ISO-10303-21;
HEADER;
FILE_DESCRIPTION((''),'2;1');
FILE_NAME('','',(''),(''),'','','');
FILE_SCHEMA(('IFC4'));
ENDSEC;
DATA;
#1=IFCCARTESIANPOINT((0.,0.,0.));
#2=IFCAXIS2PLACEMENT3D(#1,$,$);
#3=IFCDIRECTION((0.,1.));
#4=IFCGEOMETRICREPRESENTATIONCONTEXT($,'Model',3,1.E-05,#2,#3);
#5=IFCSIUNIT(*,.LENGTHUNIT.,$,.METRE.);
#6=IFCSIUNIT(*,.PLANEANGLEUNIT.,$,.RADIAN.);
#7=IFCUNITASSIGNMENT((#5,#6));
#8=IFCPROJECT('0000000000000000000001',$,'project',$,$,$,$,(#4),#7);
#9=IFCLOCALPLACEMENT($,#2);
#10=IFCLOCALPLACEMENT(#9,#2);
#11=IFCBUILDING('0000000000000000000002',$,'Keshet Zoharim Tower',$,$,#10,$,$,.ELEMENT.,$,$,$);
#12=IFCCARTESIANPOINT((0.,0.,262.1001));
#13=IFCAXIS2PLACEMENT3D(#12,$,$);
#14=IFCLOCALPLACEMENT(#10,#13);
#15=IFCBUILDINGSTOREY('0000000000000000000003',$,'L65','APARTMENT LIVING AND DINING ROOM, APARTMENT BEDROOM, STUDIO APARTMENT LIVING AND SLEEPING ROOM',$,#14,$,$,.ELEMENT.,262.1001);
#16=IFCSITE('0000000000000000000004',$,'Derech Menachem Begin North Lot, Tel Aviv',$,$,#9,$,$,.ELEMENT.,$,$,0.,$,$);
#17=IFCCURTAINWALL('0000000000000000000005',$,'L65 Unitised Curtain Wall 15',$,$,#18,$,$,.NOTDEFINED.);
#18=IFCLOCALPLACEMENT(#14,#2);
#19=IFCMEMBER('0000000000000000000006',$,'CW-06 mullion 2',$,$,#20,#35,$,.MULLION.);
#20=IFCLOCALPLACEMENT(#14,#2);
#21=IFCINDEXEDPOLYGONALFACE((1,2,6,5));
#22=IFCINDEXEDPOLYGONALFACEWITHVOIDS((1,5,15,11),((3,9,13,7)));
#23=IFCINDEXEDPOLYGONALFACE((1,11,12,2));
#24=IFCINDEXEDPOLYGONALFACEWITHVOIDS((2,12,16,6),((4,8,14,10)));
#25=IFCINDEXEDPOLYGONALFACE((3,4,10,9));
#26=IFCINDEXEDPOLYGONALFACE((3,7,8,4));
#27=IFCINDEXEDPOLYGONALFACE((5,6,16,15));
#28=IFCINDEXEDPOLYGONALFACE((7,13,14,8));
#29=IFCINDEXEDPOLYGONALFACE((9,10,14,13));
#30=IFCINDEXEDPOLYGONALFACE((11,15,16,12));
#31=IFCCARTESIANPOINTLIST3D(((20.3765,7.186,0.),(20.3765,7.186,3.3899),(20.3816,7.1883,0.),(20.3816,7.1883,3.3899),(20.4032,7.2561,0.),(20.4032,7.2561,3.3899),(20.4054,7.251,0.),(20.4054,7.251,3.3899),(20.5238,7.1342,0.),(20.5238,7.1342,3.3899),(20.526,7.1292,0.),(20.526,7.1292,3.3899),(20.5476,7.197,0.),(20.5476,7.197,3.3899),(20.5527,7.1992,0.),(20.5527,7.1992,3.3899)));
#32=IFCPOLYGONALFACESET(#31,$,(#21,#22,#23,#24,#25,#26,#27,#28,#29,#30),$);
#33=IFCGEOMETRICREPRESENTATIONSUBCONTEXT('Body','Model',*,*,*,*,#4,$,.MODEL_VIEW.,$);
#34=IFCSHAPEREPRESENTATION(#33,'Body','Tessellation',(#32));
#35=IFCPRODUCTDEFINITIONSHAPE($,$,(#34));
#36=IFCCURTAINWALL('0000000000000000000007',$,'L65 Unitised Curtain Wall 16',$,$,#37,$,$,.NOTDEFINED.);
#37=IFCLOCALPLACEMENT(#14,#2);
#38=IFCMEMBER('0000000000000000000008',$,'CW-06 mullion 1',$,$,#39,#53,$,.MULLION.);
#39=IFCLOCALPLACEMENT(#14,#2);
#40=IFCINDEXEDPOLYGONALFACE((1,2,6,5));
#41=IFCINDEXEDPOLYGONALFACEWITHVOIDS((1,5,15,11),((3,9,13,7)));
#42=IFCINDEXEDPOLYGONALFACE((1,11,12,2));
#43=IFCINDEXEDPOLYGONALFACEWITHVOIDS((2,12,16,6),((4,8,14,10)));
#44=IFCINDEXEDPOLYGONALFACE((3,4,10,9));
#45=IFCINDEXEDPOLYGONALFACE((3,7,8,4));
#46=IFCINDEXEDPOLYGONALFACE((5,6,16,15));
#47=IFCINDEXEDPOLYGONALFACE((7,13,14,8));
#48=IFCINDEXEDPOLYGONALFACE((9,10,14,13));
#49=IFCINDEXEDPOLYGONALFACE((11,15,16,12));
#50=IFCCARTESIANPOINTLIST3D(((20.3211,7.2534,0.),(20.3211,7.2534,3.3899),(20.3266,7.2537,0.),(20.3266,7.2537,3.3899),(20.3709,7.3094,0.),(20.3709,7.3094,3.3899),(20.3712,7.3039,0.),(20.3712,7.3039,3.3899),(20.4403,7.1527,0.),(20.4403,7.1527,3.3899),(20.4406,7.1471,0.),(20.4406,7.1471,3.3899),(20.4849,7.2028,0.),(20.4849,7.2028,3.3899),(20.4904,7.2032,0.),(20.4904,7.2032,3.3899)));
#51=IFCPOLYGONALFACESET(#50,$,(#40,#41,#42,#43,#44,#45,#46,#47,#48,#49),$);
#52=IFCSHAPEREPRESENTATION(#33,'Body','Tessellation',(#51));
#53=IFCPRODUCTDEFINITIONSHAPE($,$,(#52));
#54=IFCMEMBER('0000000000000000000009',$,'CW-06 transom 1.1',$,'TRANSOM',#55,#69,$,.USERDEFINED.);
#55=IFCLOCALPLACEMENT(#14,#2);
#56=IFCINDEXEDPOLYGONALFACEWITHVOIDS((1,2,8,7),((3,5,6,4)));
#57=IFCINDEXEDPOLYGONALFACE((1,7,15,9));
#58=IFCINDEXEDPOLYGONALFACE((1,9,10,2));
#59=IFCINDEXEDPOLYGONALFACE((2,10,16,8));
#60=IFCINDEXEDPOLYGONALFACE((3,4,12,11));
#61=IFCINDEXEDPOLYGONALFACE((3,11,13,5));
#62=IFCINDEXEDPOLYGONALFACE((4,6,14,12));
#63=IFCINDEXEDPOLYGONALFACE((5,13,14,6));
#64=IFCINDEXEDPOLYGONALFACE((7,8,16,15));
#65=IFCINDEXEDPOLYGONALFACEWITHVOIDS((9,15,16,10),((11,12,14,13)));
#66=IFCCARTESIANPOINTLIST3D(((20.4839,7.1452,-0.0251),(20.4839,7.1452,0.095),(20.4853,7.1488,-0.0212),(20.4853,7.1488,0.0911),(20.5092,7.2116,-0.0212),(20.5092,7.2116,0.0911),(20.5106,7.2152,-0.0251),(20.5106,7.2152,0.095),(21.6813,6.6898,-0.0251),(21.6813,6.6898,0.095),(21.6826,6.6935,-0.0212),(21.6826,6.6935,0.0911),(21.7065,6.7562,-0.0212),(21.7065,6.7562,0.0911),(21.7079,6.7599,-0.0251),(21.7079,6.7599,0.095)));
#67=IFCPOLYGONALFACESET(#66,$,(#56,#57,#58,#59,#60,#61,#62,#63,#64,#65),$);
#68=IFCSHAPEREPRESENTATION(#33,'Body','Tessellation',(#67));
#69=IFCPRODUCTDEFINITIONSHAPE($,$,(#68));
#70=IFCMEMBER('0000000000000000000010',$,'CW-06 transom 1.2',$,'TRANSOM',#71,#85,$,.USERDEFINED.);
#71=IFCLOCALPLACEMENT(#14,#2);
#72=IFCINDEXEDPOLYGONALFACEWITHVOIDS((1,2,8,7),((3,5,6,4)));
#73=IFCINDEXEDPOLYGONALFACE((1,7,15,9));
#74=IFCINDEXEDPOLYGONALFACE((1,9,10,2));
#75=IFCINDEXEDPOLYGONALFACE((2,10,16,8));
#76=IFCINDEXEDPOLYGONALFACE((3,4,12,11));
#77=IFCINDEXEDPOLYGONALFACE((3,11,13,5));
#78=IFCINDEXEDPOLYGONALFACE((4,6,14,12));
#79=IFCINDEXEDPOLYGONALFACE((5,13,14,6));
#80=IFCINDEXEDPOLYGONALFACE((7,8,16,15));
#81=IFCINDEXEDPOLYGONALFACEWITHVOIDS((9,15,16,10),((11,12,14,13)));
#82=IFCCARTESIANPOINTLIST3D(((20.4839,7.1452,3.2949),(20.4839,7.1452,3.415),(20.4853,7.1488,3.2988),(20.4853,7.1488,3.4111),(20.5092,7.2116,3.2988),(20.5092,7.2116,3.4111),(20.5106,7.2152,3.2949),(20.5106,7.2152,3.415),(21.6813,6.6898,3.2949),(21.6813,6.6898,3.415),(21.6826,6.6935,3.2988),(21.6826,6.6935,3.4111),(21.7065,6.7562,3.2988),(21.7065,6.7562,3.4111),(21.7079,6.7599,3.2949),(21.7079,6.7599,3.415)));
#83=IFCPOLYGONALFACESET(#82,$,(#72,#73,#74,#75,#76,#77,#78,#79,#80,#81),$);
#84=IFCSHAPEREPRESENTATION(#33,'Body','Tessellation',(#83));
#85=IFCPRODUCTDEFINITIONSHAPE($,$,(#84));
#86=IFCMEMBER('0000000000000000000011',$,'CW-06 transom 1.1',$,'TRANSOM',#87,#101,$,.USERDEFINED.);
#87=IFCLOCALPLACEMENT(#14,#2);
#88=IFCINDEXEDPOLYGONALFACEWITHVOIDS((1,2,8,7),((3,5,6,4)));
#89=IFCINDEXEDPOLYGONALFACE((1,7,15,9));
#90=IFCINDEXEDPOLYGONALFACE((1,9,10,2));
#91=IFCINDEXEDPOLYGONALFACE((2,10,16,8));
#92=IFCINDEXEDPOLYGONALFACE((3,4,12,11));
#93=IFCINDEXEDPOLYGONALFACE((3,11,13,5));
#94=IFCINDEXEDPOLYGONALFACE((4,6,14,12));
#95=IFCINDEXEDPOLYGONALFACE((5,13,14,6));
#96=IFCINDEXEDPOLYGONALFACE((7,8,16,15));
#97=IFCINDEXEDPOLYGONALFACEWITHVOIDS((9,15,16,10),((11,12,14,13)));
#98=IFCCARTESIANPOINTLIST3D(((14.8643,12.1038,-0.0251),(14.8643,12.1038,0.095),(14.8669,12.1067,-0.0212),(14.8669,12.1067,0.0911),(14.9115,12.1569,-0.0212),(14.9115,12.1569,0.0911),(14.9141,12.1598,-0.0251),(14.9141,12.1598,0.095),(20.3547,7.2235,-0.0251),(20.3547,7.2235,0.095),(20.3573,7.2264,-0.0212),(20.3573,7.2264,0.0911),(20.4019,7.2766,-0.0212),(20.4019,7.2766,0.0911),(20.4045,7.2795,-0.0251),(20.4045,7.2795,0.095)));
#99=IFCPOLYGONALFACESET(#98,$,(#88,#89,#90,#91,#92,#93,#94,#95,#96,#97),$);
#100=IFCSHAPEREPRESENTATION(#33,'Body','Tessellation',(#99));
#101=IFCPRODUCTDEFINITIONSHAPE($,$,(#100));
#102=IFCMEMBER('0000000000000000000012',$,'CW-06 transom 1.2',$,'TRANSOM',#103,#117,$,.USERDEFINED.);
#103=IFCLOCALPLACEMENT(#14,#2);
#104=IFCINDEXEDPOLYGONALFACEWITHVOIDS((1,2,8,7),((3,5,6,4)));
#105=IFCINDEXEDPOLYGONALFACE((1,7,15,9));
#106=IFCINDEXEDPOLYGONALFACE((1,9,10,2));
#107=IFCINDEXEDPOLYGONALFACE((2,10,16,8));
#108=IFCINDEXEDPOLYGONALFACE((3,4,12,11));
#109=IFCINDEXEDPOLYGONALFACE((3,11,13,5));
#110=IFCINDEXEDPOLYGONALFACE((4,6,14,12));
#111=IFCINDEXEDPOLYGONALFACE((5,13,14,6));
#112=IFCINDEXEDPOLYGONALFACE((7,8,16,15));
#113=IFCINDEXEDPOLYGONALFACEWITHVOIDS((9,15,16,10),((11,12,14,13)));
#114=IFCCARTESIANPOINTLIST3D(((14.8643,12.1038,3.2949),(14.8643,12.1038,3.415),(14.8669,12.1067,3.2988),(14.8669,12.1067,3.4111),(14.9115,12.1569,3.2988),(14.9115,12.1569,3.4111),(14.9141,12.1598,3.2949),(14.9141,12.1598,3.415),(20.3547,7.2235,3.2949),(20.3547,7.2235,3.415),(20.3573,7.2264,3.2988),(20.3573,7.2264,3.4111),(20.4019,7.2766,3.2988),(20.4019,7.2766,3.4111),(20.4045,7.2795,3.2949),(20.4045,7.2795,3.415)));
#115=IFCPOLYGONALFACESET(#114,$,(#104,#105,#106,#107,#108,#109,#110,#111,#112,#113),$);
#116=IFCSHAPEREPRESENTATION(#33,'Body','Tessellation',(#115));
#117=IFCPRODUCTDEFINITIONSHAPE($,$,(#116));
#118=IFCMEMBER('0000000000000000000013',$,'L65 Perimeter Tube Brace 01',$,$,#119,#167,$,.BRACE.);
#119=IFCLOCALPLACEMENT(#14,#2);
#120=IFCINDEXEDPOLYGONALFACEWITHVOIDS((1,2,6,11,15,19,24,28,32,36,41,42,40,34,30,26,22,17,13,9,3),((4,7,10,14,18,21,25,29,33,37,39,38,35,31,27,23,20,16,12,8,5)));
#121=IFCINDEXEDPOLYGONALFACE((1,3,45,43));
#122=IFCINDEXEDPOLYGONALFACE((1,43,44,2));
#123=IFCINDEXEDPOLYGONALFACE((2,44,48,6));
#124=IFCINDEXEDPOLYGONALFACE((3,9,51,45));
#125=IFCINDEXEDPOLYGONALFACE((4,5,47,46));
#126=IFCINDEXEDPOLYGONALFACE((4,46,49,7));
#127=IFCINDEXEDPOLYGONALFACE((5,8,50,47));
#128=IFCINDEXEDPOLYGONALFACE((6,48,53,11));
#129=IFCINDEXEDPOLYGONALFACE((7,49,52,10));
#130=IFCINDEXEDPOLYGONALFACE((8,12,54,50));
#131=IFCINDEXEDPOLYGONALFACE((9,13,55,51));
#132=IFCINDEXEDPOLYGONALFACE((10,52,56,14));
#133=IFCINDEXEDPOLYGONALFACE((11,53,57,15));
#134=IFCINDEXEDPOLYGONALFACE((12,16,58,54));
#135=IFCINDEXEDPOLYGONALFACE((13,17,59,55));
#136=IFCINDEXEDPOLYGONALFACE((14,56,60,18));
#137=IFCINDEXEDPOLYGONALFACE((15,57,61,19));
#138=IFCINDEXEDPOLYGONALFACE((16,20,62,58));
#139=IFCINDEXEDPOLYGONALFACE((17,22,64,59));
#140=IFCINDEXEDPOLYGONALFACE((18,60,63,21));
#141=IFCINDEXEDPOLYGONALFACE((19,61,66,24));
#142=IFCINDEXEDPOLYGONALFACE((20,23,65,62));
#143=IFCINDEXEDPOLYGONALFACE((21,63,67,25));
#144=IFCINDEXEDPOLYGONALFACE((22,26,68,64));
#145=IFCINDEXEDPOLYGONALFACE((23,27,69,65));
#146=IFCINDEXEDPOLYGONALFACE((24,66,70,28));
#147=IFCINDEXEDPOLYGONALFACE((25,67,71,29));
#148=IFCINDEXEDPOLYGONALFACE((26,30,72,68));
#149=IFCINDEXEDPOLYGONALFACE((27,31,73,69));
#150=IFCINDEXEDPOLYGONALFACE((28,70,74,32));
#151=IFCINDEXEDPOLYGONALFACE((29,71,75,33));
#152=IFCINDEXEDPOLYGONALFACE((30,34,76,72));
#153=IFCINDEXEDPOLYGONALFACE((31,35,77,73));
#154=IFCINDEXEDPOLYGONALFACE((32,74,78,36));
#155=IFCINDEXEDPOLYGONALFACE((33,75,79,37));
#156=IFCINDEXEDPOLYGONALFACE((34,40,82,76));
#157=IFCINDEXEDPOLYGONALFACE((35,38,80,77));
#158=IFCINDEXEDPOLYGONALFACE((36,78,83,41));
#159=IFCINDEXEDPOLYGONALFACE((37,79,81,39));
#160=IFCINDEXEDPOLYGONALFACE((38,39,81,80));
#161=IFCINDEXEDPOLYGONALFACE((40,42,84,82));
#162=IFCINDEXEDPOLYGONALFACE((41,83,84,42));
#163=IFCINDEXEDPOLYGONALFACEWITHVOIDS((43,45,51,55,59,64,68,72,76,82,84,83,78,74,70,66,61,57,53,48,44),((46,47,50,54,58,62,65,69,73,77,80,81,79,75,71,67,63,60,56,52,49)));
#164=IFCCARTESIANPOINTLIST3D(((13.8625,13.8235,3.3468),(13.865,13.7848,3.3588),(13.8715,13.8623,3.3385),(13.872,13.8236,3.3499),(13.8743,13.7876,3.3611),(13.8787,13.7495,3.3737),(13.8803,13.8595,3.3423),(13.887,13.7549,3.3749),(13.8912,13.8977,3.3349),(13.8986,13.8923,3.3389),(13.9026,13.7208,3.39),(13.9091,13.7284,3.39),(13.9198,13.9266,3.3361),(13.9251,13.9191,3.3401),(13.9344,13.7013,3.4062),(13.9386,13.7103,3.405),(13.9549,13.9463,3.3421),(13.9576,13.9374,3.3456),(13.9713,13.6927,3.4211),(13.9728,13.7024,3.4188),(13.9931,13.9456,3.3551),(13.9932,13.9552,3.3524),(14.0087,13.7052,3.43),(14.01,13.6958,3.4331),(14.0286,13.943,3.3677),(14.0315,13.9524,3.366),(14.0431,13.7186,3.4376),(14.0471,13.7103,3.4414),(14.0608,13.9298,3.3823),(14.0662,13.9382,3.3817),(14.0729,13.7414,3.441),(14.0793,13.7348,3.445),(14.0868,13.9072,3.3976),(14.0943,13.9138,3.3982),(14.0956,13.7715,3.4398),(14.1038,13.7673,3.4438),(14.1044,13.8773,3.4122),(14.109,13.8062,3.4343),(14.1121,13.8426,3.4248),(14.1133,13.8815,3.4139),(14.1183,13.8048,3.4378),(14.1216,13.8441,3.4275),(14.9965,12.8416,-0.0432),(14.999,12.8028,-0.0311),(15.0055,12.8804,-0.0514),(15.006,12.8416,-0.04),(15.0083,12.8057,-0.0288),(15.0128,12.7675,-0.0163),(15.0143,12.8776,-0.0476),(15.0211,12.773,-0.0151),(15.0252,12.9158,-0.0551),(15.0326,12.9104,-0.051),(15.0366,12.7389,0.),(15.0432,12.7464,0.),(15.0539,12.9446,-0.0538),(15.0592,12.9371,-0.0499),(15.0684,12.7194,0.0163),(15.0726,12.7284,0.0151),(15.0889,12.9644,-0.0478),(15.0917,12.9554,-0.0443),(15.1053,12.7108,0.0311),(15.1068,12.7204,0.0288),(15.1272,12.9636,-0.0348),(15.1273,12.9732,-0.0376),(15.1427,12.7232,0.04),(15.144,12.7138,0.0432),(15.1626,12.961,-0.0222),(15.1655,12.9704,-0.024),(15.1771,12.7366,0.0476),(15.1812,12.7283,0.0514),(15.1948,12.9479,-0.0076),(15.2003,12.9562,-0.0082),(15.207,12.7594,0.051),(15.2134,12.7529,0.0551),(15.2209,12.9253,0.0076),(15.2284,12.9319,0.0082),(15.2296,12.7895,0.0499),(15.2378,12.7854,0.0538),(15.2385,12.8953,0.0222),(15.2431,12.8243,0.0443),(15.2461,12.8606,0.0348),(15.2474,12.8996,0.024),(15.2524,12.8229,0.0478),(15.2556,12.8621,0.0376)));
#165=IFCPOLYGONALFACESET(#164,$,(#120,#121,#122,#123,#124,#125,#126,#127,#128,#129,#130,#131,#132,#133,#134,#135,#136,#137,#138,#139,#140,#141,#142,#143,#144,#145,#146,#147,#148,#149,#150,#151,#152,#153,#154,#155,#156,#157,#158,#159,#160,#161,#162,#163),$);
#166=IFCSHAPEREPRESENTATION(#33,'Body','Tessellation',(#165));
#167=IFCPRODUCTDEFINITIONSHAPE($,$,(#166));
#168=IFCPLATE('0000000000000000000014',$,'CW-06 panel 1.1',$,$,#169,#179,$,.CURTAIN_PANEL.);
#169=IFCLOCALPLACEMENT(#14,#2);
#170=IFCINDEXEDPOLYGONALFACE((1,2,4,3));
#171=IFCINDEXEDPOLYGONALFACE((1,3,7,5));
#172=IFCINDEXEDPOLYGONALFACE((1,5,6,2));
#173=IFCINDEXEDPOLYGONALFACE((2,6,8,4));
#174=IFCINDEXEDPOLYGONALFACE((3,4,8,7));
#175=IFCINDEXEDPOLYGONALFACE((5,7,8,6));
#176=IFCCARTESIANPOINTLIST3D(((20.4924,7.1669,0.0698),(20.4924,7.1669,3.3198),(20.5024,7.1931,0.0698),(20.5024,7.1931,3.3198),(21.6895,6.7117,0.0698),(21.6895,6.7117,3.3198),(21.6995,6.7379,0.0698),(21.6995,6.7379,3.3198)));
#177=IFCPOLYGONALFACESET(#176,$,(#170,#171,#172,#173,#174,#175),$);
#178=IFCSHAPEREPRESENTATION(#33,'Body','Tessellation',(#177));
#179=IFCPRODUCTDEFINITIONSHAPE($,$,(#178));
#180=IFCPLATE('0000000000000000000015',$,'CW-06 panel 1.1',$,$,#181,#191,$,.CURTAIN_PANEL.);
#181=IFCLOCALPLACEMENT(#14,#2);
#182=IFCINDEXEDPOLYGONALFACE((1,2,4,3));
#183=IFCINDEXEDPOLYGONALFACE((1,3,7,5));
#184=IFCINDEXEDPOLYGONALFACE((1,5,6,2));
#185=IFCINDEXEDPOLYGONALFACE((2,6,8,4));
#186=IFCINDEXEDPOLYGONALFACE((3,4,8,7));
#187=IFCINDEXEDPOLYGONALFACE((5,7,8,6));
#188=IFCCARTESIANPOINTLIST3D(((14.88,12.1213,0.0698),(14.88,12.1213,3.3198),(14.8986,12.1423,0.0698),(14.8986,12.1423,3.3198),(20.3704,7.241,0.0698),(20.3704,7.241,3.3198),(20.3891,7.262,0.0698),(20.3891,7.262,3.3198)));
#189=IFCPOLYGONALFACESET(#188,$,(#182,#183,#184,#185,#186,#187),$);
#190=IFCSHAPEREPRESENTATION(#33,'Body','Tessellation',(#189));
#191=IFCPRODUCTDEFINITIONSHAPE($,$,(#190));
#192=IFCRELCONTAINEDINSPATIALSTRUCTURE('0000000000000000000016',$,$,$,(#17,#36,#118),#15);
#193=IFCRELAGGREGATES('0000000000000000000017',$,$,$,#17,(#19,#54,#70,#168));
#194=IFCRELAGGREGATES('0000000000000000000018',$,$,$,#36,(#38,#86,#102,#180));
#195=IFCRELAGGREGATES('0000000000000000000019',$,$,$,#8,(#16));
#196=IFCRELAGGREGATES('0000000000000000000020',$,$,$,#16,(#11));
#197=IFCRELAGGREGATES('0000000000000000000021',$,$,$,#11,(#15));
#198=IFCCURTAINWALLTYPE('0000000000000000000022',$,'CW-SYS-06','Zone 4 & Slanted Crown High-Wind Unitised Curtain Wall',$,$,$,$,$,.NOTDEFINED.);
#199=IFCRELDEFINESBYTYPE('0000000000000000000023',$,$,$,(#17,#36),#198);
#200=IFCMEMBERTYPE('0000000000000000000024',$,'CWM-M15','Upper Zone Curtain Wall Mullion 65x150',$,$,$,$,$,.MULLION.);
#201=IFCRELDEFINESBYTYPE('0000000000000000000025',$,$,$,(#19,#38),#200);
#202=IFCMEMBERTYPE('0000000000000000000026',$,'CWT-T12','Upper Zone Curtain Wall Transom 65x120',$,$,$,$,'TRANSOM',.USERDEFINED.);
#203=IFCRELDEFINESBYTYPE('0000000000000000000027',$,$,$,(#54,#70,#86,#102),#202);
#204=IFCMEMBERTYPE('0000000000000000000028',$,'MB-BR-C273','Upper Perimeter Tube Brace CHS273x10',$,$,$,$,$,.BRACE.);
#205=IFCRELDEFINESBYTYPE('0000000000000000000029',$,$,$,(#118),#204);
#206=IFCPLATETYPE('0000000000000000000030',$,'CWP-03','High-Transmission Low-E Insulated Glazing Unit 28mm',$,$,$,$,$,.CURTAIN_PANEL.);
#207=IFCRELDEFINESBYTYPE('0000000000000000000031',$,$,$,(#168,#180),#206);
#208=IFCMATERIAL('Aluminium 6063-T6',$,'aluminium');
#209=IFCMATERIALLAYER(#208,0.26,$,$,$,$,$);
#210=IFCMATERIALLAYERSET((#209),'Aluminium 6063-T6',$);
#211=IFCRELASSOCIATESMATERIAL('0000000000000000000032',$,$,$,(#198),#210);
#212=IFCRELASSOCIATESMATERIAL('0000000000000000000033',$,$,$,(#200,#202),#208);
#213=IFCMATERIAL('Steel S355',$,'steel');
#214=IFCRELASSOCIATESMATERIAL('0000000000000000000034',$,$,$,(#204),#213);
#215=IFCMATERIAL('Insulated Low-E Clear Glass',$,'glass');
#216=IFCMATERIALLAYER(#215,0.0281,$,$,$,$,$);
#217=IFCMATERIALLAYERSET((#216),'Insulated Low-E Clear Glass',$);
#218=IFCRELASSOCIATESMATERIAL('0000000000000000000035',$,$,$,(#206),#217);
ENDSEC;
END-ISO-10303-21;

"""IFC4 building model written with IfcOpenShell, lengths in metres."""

from ifc_helpers import new_model, si_unit, direction, frame, origin, origin_2d, place, context, subcontext, project, spatial, rectangle, hollow_rectangle, hollow_circle, extrude, material, layer, layer_set, material_profile, profile_set, type_object, element, aggregate, save


model = new_model("IFC4")

# Units and contexts
model_context = context("Model", 3, precision=1e-05, world=origin(), true_north=direction((0.0, 1.0)))
body_context = subcontext(model_context, "Body", "Model", "MODEL_VIEW")
ifc_project = project(units=[si_unit("LENGTHUNIT", "METRE"), si_unit("PLANEANGLEUNIT", "RADIAN")], contexts=[model_context])

# Site, building, storey
site_placement = place(None, origin())
site = spatial("IfcSite", under=ifc_project, at=site_placement, Name="Derech Menachem Begin North Lot, Tel Aviv", CompositionType="ELEMENT", RefElevation=0.0)
building_placement = place(site_placement, origin())
building = spatial("IfcBuilding", under=site, at=building_placement, Name="Keshet Zoharim Tower", CompositionType="ELEMENT")
storey_placement = place(building_placement, frame((0.0, 0.0, 262.1001)))
storey = spatial("IfcBuildingStorey", under=building, at=storey_placement, Name="L65", Description="APARTMENT LIVING AND DINING ROOM, APARTMENT BEDROOM, STUDIO APARTMENT LIVING AND SLEEPING ROOM", CompositionType="ELEMENT", Elevation=262.1001)

# Shared definitions
ifc_material_1 = material(Name="Steel S355", Category="steel")

# Shared definitions
ifc_material_2 = material(Name="Aluminium 6063-T6", Category="aluminium")
ifc_layer_1 = layer(ifc_material_2, 0.26)
ifc_layer_set_1 = layer_set([ifc_layer_1], Name="Aluminium 6063-T6")
curtain_wall_type = type_object("IfcCurtainWallType", Name="CW-SYS-06", Description="Zone 4 & Slanted Crown High-Wind Unitised Curtain Wall", PredefinedType="NOTDEFINED", material=ifc_layer_set_1)
ifc_material_profile_1 = material_profile(ifc_material_2, hollow_rectangle(XDim=0.075, YDim=0.1599, WallThickness=0.0039, at=origin_2d()), Name="MUL-75x160")
ifc_profile_set_1 = profile_set([ifc_material_profile_1], Name="Aluminium 6063-T6")
member_type_1 = type_object("IfcMemberType", Name="CWM-M15", Description="Upper Zone Curtain Wall Mullion 65x150", PredefinedType="MULLION", material=ifc_profile_set_1)

# Curtain wall, member
curtain_wall_1_placement = place(storey_placement, origin())
curtain_wall_1 = element("IfcCurtainWall", 1, at=curtain_wall_1_placement, inside=storey, type_object=curtain_wall_type, Name="L65 Unitised Curtain Wall 15", PredefinedType="NOTDEFINED")
member_1_placement = place(storey_placement, frame((20.4646, 7.1926, 0.0), z_axis=(0.0, 0.0, 1.0), x_axis=(-0.355439, -0.934699, 0.0)))
member_1 = element("IfcMember", 2, at=member_1_placement, type_object=member_type_1, Name="CW-06 mullion 2", PredefinedType="MULLION", context=body_context, shape_type="SweptSolid", body=[
    extrude(hollow_rectangle(XDim=0.075, YDim=0.1599, WallThickness=0.0039, at=origin_2d()), origin(), (0.0, 0.0, 1.0), 3.3899),
])

# Curtain wall, member
curtain_wall_2_placement = place(storey_placement, origin())
curtain_wall_2 = element("IfcCurtainWall", 3, at=curtain_wall_2_placement, inside=storey, type_object=curtain_wall_type, Name="L65 Unitised Curtain Wall 16", PredefinedType="NOTDEFINED")
member_2_placement = place(storey_placement, frame((20.4058, 7.2283, 0.0), z_axis=(0.0, 0.0, 1.0), x_axis=(-0.664362, -0.747411, 0.0)))
member_2 = element("IfcMember", 4, at=member_2_placement, type_object=member_type_1, Name="CW-06 mullion 1", PredefinedType="MULLION", context=body_context, shape_type="SweptSolid", body=[
    extrude(hollow_rectangle(XDim=0.075, YDim=0.1599, WallThickness=0.0039, at=origin_2d()), origin(), (0.0, 0.0, 1.0), 3.3899),
])

# Members
ifc_material_profile_2 = material_profile(ifc_material_2, hollow_rectangle(XDim=0.075, YDim=0.1201, WallThickness=0.0039, at=origin_2d()), Name="TRN-75x120")
ifc_profile_set_2 = profile_set([ifc_material_profile_2], Name="Aluminium 6063-T6")
member_type_2 = type_object("IfcMemberType", Name="CWT-T12", Description="Upper Zone Curtain Wall Transom 65x120", ElementType="TRANSOM", PredefinedType="USERDEFINED", material=ifc_profile_set_2)
member_3_placement = place(storey_placement, frame((21.6946, 6.7249, 0.0349), z_axis=(-0.93469, 0.355464, 0.0), x_axis=(-0.355464, -0.93469, 0.0)))
member_3 = element("IfcMember", 5, at=member_3_placement, type_object=member_type_2, Name="CW-06 transom 1.1", ObjectType="TRANSOM", PredefinedType="USERDEFINED", context=body_context, shape_type="SweptSolid", body=[
    extrude(hollow_rectangle(XDim=0.075, YDim=0.1201, WallThickness=0.0039, at=origin_2d()), origin(), (0.0, 0.0, 1.0), 1.281),
])
member_4_placement = place(storey_placement, frame((21.6946, 6.7249, 3.355), z_axis=(-0.93469, 0.355464, 0.0), x_axis=(-0.355464, -0.93469, 0.0)))
member_4 = element("IfcMember", 6, at=member_4_placement, type_object=member_type_2, Name="CW-06 transom 1.2", ObjectType="TRANSOM", PredefinedType="USERDEFINED", context=body_context, shape_type="SweptSolid", body=[
    extrude(hollow_rectangle(XDim=0.075, YDim=0.1201, WallThickness=0.0039, at=origin_2d()), origin(), (0.0, 0.0, 1.0), 1.281),
])
member_5_placement = place(storey_placement, frame((20.3796, 7.2515, 0.0349), z_axis=(-0.747413, 0.66436, 0.0), x_axis=(-0.66436, -0.747413, 0.0)))
member_5 = element("IfcMember", 7, at=member_5_placement, type_object=member_type_2, Name="CW-06 transom 1.1", ObjectType="TRANSOM", PredefinedType="USERDEFINED", context=body_context, shape_type="SweptSolid", body=[
    extrude(hollow_rectangle(XDim=0.075, YDim=0.1201, WallThickness=0.0039, at=origin_2d()), origin(), (0.0, 0.0, 1.0), 7.3459),
])
member_6_placement = place(storey_placement, frame((20.3796, 7.2515, 3.355), z_axis=(-0.747413, 0.66436, 0.0), x_axis=(-0.66436, -0.747413, 0.0)))
member_6 = element("IfcMember", 8, at=member_6_placement, type_object=member_type_2, Name="CW-06 transom 1.2", ObjectType="TRANSOM", PredefinedType="USERDEFINED", context=body_context, shape_type="SweptSolid", body=[
    extrude(hollow_rectangle(XDim=0.075, YDim=0.1201, WallThickness=0.0039, at=origin_2d()), origin(), (0.0, 0.0, 1.0), 7.3459),
])
ifc_material_profile_3 = material_profile(ifc_material_1, hollow_circle(Radius=0.1365, WallThickness=0.01, at=origin_2d()), Name="CHS273x10")
ifc_profile_set_3 = profile_set([ifc_material_profile_3], Name="Steel S355")
member_type_3 = type_object("IfcMemberType", Name="MB-BR-C273", Description="Upper Perimeter Tube Brace CHS273x10", PredefinedType="BRACE", material=ifc_profile_set_3)
member_7_placement = place(storey_placement, frame((15.126, 12.842, 0.0), z_axis=(-0.30592, 0.264889, 0.914466), x_axis=(-0.65459, -0.755984, 0.0)))
element("IfcMember", 9, at=member_7_placement, inside=storey, type_object=member_type_3, Name="L65 Perimeter Tube Brace 01", PredefinedType="BRACE", context=body_context, shape_type="SweptSolid", body=[
    extrude(hollow_circle(Radius=0.1365, WallThickness=0.01, at=origin_2d()), origin(), (0.0, 0.0, 1.0), 3.707),
])

# Plates
ifc_material_3 = material(Name="Insulated Low-E Clear Glass", Category="glass")
ifc_layer_2 = layer(ifc_material_3, 0.0281)
ifc_layer_set_2 = layer_set([ifc_layer_2], Name="Insulated Low-E Clear Glass")
plate_type = type_object("IfcPlateType", Name="CWP-03", Description="High-Transmission Low-E Insulated Glazing Unit 28mm", PredefinedType="CURTAIN_PANEL", material=ifc_layer_set_2)
plate_1_placement = place(storey_placement, frame((21.0959, 6.9524, 0.0698), z_axis=(0.0, 0.0, 1.0), x_axis=(-0.934699, 0.355439, 0.0)))
plate_1 = element("IfcPlate", 10, at=plate_1_placement, type_object=plate_type, Name="CW-06 panel 1.1", PredefinedType="CURTAIN_PANEL", context=body_context, shape_type="SweptSolid", body=[
    extrude(rectangle(XDim=1.2808, YDim=0.0281, at=origin_2d()), origin(), (0.0, 0.0, 1.0), 3.25),
])
aggregate(curtain_wall_1, [member_1, member_3, member_4, plate_1])
plate_2_placement = place(storey_placement, frame((17.6345, 9.6917, 0.0698), z_axis=(0.0, 0.0, 1.0), x_axis=(-0.747411, 0.664362, 0.0)))
plate_2 = element("IfcPlate", 11, at=plate_2_placement, type_object=plate_type, Name="CW-06 panel 1.1", PredefinedType="CURTAIN_PANEL", context=body_context, shape_type="SweptSolid", body=[
    extrude(rectangle(XDim=7.3459, YDim=0.0281, at=origin_2d()), origin(), (0.0, 0.0, 1.0), 3.25),
])
aggregate(curtain_wall_2, [member_2, member_5, member_6, plate_2])

save(model, "model.ifc")
